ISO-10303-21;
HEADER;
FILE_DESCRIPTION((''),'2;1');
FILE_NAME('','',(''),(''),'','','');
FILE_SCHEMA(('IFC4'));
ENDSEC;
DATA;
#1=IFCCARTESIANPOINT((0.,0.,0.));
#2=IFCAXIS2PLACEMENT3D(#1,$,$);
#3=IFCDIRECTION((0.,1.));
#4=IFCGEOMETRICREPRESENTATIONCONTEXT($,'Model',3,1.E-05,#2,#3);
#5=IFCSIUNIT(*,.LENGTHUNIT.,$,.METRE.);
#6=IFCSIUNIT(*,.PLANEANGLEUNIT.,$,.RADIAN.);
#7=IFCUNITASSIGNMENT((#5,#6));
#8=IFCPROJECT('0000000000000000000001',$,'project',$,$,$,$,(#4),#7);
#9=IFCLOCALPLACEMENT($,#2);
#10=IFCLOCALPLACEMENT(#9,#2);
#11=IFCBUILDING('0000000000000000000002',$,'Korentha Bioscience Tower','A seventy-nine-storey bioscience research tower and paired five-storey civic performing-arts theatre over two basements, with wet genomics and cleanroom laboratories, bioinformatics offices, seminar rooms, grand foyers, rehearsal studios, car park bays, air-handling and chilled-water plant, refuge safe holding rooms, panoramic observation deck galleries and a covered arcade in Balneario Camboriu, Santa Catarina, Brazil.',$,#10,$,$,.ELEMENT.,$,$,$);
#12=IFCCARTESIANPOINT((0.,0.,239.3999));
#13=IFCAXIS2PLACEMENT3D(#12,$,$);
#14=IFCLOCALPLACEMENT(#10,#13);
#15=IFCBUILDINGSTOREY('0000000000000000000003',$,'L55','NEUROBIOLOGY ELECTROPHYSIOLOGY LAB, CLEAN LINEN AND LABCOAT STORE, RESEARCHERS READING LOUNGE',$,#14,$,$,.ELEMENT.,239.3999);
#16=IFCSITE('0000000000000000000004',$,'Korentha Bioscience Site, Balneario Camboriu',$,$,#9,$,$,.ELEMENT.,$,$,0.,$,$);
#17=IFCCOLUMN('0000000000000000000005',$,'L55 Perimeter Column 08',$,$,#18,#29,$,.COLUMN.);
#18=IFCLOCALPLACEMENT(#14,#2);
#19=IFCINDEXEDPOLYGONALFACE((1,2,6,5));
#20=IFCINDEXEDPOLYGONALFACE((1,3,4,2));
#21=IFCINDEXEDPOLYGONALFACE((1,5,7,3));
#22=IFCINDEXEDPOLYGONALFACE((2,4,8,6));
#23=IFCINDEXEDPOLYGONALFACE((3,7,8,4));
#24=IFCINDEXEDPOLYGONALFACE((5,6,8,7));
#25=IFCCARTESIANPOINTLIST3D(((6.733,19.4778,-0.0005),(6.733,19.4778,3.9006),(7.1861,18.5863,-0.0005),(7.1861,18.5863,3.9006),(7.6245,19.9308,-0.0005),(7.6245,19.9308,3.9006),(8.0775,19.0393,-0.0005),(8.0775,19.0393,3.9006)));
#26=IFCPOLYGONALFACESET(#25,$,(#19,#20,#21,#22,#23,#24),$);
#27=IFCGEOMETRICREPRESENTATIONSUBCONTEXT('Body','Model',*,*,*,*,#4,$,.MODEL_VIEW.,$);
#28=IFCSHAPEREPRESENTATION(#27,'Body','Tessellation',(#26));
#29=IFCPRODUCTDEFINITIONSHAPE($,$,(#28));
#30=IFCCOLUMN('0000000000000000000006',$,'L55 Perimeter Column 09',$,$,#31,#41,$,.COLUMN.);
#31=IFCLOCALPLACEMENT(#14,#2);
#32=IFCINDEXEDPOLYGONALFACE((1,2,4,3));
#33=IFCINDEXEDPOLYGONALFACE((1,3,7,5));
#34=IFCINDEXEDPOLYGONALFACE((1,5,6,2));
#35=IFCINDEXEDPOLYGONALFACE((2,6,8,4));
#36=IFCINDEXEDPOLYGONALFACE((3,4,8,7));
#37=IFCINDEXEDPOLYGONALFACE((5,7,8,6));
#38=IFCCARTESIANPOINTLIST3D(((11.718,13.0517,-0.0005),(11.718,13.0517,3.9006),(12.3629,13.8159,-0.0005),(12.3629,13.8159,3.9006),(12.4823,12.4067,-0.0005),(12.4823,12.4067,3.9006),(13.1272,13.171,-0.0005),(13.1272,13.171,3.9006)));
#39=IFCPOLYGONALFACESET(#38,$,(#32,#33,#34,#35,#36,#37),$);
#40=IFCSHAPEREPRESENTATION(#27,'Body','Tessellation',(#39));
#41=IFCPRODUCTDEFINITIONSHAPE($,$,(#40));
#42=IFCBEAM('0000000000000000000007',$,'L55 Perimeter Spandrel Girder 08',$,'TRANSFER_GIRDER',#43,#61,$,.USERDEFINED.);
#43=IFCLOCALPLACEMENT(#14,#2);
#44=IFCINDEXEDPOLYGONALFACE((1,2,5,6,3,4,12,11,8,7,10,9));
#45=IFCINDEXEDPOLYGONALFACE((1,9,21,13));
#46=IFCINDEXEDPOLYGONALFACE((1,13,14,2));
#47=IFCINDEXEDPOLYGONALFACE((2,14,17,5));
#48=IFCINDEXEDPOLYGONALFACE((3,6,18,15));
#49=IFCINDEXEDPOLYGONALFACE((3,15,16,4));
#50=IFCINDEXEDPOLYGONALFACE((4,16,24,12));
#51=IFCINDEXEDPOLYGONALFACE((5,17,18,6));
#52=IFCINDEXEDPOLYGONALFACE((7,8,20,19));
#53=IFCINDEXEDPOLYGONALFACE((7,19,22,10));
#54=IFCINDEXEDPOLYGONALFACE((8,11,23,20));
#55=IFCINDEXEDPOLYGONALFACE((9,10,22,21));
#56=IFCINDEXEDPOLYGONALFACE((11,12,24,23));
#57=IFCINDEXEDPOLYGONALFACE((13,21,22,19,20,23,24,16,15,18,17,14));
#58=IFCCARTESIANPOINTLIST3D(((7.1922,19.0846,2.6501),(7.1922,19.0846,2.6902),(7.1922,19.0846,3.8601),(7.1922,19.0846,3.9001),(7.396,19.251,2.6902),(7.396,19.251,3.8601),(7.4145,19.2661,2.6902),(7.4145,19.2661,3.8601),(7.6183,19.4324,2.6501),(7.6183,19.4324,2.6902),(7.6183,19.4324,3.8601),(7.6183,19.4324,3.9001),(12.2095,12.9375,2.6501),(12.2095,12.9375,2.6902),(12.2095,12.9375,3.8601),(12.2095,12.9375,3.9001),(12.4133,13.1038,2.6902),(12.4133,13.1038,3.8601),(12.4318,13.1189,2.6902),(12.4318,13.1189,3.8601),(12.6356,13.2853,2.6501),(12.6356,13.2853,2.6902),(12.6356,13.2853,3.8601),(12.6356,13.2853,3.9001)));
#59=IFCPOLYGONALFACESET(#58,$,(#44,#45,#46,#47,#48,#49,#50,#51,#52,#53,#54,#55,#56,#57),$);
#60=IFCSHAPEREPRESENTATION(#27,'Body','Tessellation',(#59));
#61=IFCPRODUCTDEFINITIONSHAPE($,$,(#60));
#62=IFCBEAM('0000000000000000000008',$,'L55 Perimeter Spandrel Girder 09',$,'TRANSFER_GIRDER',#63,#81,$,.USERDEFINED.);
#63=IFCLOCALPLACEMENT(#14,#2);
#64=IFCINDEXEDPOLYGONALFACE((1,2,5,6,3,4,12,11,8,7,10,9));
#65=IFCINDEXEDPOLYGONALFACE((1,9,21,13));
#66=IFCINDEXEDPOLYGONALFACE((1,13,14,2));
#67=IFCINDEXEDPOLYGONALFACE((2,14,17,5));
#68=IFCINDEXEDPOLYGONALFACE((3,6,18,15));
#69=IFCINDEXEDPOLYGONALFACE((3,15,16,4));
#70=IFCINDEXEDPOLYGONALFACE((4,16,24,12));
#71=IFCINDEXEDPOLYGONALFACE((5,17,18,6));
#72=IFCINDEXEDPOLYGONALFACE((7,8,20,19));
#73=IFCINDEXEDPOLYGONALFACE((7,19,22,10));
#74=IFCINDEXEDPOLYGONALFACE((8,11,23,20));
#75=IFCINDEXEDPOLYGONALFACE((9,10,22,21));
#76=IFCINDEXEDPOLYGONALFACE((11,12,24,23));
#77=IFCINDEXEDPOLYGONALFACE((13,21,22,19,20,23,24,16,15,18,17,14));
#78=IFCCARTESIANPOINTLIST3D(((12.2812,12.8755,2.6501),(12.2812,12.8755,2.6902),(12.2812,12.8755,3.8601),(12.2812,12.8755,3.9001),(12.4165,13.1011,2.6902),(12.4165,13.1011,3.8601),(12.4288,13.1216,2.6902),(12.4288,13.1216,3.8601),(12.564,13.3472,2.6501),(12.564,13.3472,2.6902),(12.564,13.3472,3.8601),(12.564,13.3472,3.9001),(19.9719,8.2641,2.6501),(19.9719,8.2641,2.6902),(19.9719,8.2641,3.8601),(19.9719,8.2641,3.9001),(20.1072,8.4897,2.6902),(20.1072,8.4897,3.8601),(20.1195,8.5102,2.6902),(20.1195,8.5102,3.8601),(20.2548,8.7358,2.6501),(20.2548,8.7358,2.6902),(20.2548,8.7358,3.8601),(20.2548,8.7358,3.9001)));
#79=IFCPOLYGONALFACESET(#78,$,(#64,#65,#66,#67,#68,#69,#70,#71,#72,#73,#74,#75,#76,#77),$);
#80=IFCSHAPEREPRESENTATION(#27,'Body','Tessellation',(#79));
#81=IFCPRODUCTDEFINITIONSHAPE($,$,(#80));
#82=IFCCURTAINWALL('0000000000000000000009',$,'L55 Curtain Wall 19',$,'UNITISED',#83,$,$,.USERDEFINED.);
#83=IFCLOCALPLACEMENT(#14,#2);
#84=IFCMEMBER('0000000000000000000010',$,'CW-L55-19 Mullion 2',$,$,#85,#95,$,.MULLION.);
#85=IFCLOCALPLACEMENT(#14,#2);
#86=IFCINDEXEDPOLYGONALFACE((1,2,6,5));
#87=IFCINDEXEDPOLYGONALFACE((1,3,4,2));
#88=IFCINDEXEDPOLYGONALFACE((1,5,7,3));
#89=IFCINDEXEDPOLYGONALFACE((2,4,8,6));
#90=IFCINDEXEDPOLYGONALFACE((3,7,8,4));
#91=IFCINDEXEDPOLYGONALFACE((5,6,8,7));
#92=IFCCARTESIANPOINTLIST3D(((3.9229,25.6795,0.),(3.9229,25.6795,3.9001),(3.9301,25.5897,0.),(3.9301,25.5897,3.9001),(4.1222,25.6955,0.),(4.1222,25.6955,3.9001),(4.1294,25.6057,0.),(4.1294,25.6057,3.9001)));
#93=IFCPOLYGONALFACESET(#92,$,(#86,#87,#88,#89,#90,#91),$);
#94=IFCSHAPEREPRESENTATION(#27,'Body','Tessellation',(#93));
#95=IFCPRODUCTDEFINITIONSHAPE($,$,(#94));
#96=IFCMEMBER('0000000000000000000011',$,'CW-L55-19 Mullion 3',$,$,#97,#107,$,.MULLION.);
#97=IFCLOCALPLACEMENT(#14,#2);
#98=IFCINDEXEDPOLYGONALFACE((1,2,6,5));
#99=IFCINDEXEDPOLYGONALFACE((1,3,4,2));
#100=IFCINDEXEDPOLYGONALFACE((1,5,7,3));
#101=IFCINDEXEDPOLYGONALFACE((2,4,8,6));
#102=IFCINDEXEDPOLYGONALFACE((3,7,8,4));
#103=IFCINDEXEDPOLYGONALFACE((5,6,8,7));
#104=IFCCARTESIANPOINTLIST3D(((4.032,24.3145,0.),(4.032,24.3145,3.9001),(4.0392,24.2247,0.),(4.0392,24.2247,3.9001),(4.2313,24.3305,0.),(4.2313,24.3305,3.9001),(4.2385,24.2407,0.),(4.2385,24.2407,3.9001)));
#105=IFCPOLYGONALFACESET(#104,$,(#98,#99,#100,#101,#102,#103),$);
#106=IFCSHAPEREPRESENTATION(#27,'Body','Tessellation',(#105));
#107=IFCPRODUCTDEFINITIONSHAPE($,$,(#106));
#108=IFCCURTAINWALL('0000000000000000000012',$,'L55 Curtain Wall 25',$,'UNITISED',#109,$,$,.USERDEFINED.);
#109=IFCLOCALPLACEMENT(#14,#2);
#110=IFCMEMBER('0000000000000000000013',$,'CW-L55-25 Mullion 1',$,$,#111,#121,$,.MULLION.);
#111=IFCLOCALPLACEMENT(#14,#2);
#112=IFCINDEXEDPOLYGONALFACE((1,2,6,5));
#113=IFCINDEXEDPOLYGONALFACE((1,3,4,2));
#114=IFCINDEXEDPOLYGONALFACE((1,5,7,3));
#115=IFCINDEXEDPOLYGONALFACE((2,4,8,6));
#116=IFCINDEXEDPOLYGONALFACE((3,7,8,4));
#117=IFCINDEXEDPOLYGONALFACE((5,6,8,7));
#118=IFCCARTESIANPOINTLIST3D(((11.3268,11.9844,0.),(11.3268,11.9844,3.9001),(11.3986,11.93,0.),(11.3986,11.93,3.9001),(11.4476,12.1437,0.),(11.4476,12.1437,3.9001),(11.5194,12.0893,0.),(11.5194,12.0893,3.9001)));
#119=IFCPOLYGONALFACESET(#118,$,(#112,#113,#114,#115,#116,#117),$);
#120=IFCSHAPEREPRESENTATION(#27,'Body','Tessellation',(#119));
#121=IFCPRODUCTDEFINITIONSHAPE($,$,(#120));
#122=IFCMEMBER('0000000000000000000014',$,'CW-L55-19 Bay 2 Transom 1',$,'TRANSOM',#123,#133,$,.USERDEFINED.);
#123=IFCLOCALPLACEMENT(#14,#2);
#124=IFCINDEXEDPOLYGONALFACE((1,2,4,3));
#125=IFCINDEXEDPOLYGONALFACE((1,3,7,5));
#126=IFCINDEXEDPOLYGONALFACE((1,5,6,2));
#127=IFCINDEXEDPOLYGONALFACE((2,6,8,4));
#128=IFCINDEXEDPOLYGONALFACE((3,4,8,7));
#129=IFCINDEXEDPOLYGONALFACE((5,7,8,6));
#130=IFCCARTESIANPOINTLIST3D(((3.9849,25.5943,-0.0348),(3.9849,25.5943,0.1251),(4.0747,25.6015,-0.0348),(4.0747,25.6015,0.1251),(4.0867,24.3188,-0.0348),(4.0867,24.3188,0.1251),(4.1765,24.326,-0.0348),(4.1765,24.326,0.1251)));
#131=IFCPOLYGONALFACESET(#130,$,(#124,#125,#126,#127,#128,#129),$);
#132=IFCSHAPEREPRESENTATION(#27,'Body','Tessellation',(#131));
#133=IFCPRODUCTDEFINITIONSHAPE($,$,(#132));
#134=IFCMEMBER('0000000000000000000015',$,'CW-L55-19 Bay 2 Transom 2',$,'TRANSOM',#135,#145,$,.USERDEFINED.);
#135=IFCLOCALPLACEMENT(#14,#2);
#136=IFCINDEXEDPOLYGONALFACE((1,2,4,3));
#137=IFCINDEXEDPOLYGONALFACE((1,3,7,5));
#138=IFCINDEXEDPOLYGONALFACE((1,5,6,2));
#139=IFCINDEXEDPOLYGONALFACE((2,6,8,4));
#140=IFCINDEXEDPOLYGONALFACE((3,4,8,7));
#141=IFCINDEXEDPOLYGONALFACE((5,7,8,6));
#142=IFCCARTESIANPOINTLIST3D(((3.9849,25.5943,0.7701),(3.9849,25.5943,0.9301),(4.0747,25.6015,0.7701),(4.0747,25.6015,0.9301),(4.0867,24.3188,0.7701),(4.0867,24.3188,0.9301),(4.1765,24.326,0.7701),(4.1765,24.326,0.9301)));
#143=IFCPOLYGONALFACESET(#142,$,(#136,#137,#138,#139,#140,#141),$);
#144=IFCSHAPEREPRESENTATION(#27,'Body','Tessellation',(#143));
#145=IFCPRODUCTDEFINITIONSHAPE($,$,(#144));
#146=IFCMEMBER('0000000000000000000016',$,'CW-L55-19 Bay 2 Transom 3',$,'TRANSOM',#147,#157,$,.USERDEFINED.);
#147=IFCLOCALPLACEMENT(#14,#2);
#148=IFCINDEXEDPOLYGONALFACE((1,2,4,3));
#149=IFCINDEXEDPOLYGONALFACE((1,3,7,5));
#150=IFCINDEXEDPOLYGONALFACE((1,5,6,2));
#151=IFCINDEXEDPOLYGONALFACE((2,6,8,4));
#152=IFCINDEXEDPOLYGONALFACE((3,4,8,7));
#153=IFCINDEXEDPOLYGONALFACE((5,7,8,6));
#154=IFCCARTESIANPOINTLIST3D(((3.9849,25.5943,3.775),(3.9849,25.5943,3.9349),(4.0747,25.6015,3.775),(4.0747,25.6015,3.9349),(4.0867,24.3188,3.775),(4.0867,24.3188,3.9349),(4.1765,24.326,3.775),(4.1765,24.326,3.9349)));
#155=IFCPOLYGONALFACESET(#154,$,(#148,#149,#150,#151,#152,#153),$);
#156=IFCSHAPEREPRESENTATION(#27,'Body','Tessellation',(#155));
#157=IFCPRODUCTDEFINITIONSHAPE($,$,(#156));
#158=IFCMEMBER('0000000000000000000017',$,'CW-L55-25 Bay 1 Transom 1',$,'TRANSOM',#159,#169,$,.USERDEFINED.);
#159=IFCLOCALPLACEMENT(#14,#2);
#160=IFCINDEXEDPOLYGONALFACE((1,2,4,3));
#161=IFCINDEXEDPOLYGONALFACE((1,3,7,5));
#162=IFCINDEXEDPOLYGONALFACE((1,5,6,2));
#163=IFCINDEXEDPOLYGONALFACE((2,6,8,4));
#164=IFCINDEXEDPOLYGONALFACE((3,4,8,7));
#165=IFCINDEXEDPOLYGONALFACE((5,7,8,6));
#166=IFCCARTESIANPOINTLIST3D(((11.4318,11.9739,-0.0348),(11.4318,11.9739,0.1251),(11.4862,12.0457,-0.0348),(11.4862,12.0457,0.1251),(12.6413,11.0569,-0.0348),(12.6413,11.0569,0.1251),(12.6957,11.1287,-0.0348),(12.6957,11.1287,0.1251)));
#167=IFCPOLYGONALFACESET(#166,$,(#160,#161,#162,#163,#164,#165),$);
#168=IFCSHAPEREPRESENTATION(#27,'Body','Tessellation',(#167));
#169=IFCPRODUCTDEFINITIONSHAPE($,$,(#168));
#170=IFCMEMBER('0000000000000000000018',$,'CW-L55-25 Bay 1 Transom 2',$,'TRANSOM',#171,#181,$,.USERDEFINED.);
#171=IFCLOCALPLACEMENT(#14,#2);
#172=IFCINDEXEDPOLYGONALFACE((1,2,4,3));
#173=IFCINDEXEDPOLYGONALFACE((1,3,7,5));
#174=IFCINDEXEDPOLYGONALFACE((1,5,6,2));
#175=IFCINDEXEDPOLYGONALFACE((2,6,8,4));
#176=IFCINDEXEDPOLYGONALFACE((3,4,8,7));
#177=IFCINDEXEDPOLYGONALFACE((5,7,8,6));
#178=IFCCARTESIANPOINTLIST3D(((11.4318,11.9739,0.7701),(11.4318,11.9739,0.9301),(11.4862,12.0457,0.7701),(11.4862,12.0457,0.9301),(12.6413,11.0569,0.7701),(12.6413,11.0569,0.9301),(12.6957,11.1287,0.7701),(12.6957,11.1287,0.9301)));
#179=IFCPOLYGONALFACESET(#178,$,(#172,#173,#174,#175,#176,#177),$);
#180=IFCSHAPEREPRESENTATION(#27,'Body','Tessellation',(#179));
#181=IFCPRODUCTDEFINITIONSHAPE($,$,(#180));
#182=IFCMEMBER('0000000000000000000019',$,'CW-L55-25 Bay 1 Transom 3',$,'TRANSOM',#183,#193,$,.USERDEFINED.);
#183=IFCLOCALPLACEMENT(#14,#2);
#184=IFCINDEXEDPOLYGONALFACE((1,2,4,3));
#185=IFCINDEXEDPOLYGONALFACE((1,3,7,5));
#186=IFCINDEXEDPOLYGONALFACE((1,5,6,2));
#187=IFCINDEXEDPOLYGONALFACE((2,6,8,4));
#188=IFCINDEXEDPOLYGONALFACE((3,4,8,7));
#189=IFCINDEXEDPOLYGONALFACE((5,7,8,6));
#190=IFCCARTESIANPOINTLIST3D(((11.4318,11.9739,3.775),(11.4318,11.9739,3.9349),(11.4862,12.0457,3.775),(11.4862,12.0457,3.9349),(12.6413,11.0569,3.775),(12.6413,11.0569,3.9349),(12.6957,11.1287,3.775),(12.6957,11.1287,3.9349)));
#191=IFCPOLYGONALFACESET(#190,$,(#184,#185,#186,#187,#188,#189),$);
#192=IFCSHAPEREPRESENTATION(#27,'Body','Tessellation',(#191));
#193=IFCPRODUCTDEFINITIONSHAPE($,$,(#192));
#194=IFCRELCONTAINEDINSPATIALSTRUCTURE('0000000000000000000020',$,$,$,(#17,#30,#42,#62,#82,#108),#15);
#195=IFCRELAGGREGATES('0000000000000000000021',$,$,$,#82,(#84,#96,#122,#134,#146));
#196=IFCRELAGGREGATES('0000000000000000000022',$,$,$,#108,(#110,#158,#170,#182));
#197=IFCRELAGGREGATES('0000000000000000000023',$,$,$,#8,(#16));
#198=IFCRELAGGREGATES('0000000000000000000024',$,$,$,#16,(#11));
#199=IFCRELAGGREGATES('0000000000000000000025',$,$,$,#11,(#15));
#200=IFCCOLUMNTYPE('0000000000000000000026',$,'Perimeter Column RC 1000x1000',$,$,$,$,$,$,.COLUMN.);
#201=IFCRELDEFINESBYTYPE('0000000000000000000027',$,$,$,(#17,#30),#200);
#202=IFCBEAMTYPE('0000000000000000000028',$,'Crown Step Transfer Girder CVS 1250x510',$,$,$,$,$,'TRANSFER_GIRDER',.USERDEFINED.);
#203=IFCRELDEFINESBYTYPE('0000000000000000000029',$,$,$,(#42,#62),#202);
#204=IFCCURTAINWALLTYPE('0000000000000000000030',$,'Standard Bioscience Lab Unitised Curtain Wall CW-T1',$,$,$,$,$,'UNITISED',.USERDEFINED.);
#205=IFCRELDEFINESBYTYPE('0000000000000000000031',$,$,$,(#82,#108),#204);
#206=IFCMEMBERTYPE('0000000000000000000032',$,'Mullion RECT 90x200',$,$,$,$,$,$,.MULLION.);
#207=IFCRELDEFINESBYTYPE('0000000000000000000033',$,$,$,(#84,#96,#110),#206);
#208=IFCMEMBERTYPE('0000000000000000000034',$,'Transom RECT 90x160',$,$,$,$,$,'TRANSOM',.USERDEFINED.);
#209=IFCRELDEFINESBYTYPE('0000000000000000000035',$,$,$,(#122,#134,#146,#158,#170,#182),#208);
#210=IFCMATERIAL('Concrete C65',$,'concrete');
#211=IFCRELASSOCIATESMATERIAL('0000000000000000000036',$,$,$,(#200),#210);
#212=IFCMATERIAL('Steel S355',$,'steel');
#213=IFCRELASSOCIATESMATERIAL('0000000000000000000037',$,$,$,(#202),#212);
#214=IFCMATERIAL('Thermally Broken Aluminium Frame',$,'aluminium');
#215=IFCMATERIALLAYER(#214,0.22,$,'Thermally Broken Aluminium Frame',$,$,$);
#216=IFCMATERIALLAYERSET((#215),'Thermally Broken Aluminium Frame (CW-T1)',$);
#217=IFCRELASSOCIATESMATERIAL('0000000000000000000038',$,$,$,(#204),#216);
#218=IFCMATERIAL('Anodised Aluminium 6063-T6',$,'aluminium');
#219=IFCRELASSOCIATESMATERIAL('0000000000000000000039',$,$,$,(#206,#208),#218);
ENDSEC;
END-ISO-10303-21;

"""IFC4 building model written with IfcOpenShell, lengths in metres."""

from ifc_helpers import new_model, si_unit, direction, frame, origin, origin_2d, place, context, subcontext, project, spatial, rectangle, i_section, extrude, material, layer, layer_set, material_profile, profile_set, type_object, element, aggregate, save


model = new_model("IFC4")

# Units and contexts
model_context = context("Model", 3, precision=1e-05, world=origin(), true_north=direction((0.0, 1.0)))
body_context = subcontext(model_context, "Body", "Model", "MODEL_VIEW")
ifc_project = project(units=[si_unit("LENGTHUNIT", "METRE"), si_unit("PLANEANGLEUNIT", "RADIAN")], contexts=[model_context])

# Site, building, storey
site_placement = place(None, origin())
site = spatial("IfcSite", under=ifc_project, at=site_placement, Name="Korentha Bioscience Site, Balneario Camboriu", CompositionType="ELEMENT", RefElevation=0.0)
building_placement = place(site_placement, origin())
building = spatial("IfcBuilding", under=site, at=building_placement, Name="Korentha Bioscience Tower", Description="A seventy-nine-storey bioscience research tower and paired five-storey civic performing-arts theatre over two basements, with wet genomics and cleanroom laboratories, bioinformatics offices, seminar rooms, grand foyers, rehearsal studios, car park bays, air-handling and chilled-water plant, refuge safe holding rooms, panoramic observation deck galleries and a covered arcade in Balneario Camboriu, Santa Catarina, Brazil.", CompositionType="ELEMENT")
storey_placement = place(building_placement, frame((0.0, 0.0, 239.3999)))
storey = spatial("IfcBuildingStorey", under=building, at=storey_placement, Name="L55", Description="NEUROBIOLOGY ELECTROPHYSIOLOGY LAB, CLEAN LINEN AND LABCOAT STORE, RESEARCHERS READING LOUNGE", CompositionType="ELEMENT", Elevation=239.3999)

# Columns
ifc_material_1 = material(Name="Concrete C65", Category="concrete")
ifc_material_profile_1 = material_profile(ifc_material_1, rectangle(XDim=1.0, YDim=1.0, at=origin_2d()), Name="Concrete C65")
ifc_profile_set_1 = profile_set([ifc_material_profile_1], Name="Concrete C65 (COL-P10)")
column_type = type_object("IfcColumnType", Name="Perimeter Column RC 1000x1000", PredefinedType="COLUMN", material=ifc_profile_set_1)
for number, where, z_axis, x_axis, name in (
    (1, (7.4053, 19.2585, -0.0005), (0.0, 0.0, 1.0), (-0.453057, 0.891481, 0.0), "L55 Perimeter Column 08"),
    (2, (12.4226, 13.1113, -0.0005), (0.0, 0.0, 1.0), (-0.764246, 0.644924, 0.0), "L55 Perimeter Column 09"),
):
    element("IfcColumn", number, at=place(storey_placement, frame(where, z_axis=z_axis, x_axis=x_axis)), inside=storey, type_object=column_type, Name=name, PredefinedType="COLUMN", context=body_context, shape_type="SweptSolid", body=[
        extrude(rectangle(XDim=1.0, YDim=1.0, at=origin_2d()), origin(), (0.0, 0.0, 1.0), 3.9011),
    ])

# Beams
ifc_material_2 = material(Name="Steel S355", Category="steel")
ifc_material_profile_2 = material_profile(ifc_material_2, i_section(OverallWidth=0.55, OverallDepth=1.25, WebThickness=0.0239, FlangeThickness=0.04, at=origin_2d()), Name="Steel S355")
ifc_profile_set_2 = profile_set([ifc_material_profile_2], Name="Steel S355 (TG-03)")
beam_type = type_object("IfcBeamType", Name="Crown Step Transfer Girder CVS 1250x510", ElementType="TRANSFER_GIRDER", PredefinedType="USERDEFINED", material=ifc_profile_set_2)
beam_1_placement = place(storey_placement, frame((7.4053, 19.2585, 3.2751), z_axis=(0.632316, -0.774711, 0.0), x_axis=(0.774711, 0.632316, 0.0)))
element("IfcBeam", 3, at=beam_1_placement, inside=storey, type_object=beam_type, Name="L55 Perimeter Spandrel Girder 08", ObjectType="TRANSFER_GIRDER", PredefinedType="USERDEFINED", context=body_context, shape_type="SweptSolid", body=[
    extrude(i_section(OverallWidth=0.55, OverallDepth=1.25, WebThickness=0.0239, FlangeThickness=0.04, at=origin_2d()), origin(), (0.0, 0.0, 1.0), 7.9348),
])
beam_2_placement = place(storey_placement, frame((12.4226, 13.1113, 3.2751), z_axis=(0.857644, -0.514243, 0.0), x_axis=(0.514243, 0.857644, 0.0)))
element("IfcBeam", 4, at=beam_2_placement, inside=storey, type_object=beam_type, Name="L55 Perimeter Spandrel Girder 09", ObjectType="TRANSFER_GIRDER", PredefinedType="USERDEFINED", context=body_context, shape_type="SweptSolid", body=[
    extrude(i_section(OverallWidth=0.55, OverallDepth=1.25, WebThickness=0.0239, FlangeThickness=0.04, at=origin_2d()), origin(), (0.0, 0.0, 1.0), 8.9673),
])

# Curtain wall, members
ifc_material_3 = material(Name="Thermally Broken Aluminium Frame", Category="aluminium")
ifc_layer_1 = layer(ifc_material_3, 0.22, Name="Thermally Broken Aluminium Frame")
ifc_layer_set_1 = layer_set([ifc_layer_1], Name="Thermally Broken Aluminium Frame (CW-T1)")
curtain_wall_type = type_object("IfcCurtainWallType", Name="Standard Bioscience Lab Unitised Curtain Wall CW-T1", ElementType="UNITISED", PredefinedType="USERDEFINED", material=ifc_layer_set_1)
curtain_wall_1_placement = place(storey_placement, origin())
curtain_wall_1 = element("IfcCurtainWall", 5, at=curtain_wall_1_placement, inside=storey, type_object=curtain_wall_type, Name="L55 Curtain Wall 19", ObjectType="UNITISED", PredefinedType="USERDEFINED")
ifc_material_4 = material(Name="Anodised Aluminium 6063-T6", Category="aluminium")
ifc_material_profile_3 = material_profile(ifc_material_4, rectangle(XDim=0.0901, YDim=0.2, at=origin_2d()), Name="Anodised Aluminium 6063-T6")
ifc_profile_set_3 = profile_set([ifc_material_profile_3], Name="Anodised Aluminium 6063-T6 (CW-MUL)")
member_type_1 = type_object("IfcMemberType", Name="Mullion RECT 90x200", PredefinedType="MULLION", material=ifc_profile_set_3)
member_1_placement = place(storey_placement, frame((4.0261, 25.6426, 0.0), z_axis=(0.0, 0.0, 1.0), x_axis=(0.079748, -0.996815, 0.0)))
member_1 = element("IfcMember", 6, at=member_1_placement, type_object=member_type_1, Name="CW-L55-19 Mullion 2", PredefinedType="MULLION", context=body_context, shape_type="SweptSolid", body=[
    extrude(rectangle(XDim=0.0901, YDim=0.2, at=origin_2d()), origin(), (0.0, 0.0, 1.0), 3.9001),
])
member_2_placement = place(storey_placement, frame((4.1353, 24.2776, 0.0), z_axis=(0.0, 0.0, 1.0), x_axis=(0.079748, -0.996815, 0.0)))
member_2 = element("IfcMember", 7, at=member_2_placement, type_object=member_type_1, Name="CW-L55-19 Mullion 3", PredefinedType="MULLION", context=body_context, shape_type="SweptSolid", body=[
    extrude(rectangle(XDim=0.0901, YDim=0.2, at=origin_2d()), origin(), (0.0, 0.0, 1.0), 3.9001),
])

# Curtain wall, member
curtain_wall_2_placement = place(storey_placement, origin())
curtain_wall_2 = element("IfcCurtainWall", 8, at=curtain_wall_2_placement, inside=storey, type_object=curtain_wall_type, Name="L55 Curtain Wall 25", ObjectType="UNITISED", PredefinedType="USERDEFINED")
member_3_placement = place(storey_placement, frame((11.4231, 12.0369, 0.0), z_axis=(0.0, 0.0, 1.0), x_axis=(0.796889, -0.604126, 0.0)))
member_3 = element("IfcMember", 9, at=member_3_placement, type_object=member_type_1, Name="CW-L55-25 Mullion 1", PredefinedType="MULLION", context=body_context, shape_type="SweptSolid", body=[
    extrude(rectangle(XDim=0.0901, YDim=0.2, at=origin_2d()), origin(), (0.0, 0.0, 1.0), 3.9001),
])

# Members
ifc_material_profile_4 = material_profile(ifc_material_4, rectangle(XDim=0.0901, YDim=0.1599, at=origin_2d()), Name="Anodised Aluminium 6063-T6")
ifc_profile_set_4 = profile_set([ifc_material_profile_4], Name="Anodised Aluminium 6063-T6 (CW-TRN)")
member_type_2 = type_object("IfcMemberType", Name="Transom RECT 90x160", ElementType="TRANSOM", PredefinedType="USERDEFINED", material=ifc_profile_set_4)
member_4_placement = place(storey_placement, frame((4.0298, 25.5979, 0.0452), z_axis=(0.079571, -0.996829, 0.0), x_axis=(0.996829, 0.079571, 0.0)))
member_4 = element("IfcMember", 10, at=member_4_placement, type_object=member_type_2, Name="CW-L55-19 Bay 2 Transom 1", ObjectType="TRANSOM", PredefinedType="USERDEFINED", context=body_context, shape_type="SweptSolid", body=[
    extrude(rectangle(XDim=0.0901, YDim=0.1599, at=origin_2d()), origin(), (0.0, 0.0, 1.0), 1.2795),
])
member_5_placement = place(storey_placement, frame((4.0298, 25.5979, 0.8501), z_axis=(0.079571, -0.996829, 0.0), x_axis=(0.996829, 0.079571, 0.0)))
member_5 = element("IfcMember", 11, at=member_5_placement, type_object=member_type_2, Name="CW-L55-19 Bay 2 Transom 2", ObjectType="TRANSOM", PredefinedType="USERDEFINED", context=body_context, shape_type="SweptSolid", body=[
    extrude(rectangle(XDim=0.0901, YDim=0.1599, at=origin_2d()), origin(), (0.0, 0.0, 1.0), 1.2795),
])
member_6_placement = place(storey_placement, frame((4.0298, 25.5979, 3.855), z_axis=(0.079571, -0.996829, 0.0), x_axis=(0.996829, 0.079571, 0.0)))
member_6 = element("IfcMember", 12, at=member_6_placement, type_object=member_type_2, Name="CW-L55-19 Bay 2 Transom 3", ObjectType="TRANSOM", PredefinedType="USERDEFINED", context=body_context, shape_type="SweptSolid", body=[
    extrude(rectangle(XDim=0.0901, YDim=0.1599, at=origin_2d()), origin(), (0.0, 0.0, 1.0), 1.2795),
])
member_7_placement = place(storey_placement, frame((11.459, 12.0098, 0.0452), z_axis=(0.796862, -0.604161, 0.0), x_axis=(0.604161, 0.796862, 0.0)))
member_7 = element("IfcMember", 13, at=member_7_placement, type_object=member_type_2, Name="CW-L55-25 Bay 1 Transom 1", ObjectType="TRANSOM", PredefinedType="USERDEFINED", context=body_context, shape_type="SweptSolid", body=[
    extrude(rectangle(XDim=0.0901, YDim=0.1599, at=origin_2d()), origin(), (0.0, 0.0, 1.0), 1.5178),
])
member_8_placement = place(storey_placement, frame((11.459, 12.0098, 0.8501), z_axis=(0.796862, -0.604161, 0.0), x_axis=(0.604161, 0.796862, 0.0)))
member_8 = element("IfcMember", 14, at=member_8_placement, type_object=member_type_2, Name="CW-L55-25 Bay 1 Transom 2", ObjectType="TRANSOM", PredefinedType="USERDEFINED", context=body_context, shape_type="SweptSolid", body=[
    extrude(rectangle(XDim=0.0901, YDim=0.1599, at=origin_2d()), origin(), (0.0, 0.0, 1.0), 1.5178),
])
member_9_placement = place(storey_placement, frame((11.459, 12.0098, 3.855), z_axis=(0.796862, -0.604161, 0.0), x_axis=(0.604161, 0.796862, 0.0)))
member_9 = element("IfcMember", 15, at=member_9_placement, type_object=member_type_2, Name="CW-L55-25 Bay 1 Transom 3", ObjectType="TRANSOM", PredefinedType="USERDEFINED", context=body_context, shape_type="SweptSolid", body=[
    extrude(rectangle(XDim=0.0901, YDim=0.1599, at=origin_2d()), origin(), (0.0, 0.0, 1.0), 1.5178),
])

aggregate(curtain_wall_1, [member_1, member_2, member_4, member_5, member_6])
aggregate(curtain_wall_2, [member_3, member_7, member_8, member_9])

save(model, "model.ifc")
